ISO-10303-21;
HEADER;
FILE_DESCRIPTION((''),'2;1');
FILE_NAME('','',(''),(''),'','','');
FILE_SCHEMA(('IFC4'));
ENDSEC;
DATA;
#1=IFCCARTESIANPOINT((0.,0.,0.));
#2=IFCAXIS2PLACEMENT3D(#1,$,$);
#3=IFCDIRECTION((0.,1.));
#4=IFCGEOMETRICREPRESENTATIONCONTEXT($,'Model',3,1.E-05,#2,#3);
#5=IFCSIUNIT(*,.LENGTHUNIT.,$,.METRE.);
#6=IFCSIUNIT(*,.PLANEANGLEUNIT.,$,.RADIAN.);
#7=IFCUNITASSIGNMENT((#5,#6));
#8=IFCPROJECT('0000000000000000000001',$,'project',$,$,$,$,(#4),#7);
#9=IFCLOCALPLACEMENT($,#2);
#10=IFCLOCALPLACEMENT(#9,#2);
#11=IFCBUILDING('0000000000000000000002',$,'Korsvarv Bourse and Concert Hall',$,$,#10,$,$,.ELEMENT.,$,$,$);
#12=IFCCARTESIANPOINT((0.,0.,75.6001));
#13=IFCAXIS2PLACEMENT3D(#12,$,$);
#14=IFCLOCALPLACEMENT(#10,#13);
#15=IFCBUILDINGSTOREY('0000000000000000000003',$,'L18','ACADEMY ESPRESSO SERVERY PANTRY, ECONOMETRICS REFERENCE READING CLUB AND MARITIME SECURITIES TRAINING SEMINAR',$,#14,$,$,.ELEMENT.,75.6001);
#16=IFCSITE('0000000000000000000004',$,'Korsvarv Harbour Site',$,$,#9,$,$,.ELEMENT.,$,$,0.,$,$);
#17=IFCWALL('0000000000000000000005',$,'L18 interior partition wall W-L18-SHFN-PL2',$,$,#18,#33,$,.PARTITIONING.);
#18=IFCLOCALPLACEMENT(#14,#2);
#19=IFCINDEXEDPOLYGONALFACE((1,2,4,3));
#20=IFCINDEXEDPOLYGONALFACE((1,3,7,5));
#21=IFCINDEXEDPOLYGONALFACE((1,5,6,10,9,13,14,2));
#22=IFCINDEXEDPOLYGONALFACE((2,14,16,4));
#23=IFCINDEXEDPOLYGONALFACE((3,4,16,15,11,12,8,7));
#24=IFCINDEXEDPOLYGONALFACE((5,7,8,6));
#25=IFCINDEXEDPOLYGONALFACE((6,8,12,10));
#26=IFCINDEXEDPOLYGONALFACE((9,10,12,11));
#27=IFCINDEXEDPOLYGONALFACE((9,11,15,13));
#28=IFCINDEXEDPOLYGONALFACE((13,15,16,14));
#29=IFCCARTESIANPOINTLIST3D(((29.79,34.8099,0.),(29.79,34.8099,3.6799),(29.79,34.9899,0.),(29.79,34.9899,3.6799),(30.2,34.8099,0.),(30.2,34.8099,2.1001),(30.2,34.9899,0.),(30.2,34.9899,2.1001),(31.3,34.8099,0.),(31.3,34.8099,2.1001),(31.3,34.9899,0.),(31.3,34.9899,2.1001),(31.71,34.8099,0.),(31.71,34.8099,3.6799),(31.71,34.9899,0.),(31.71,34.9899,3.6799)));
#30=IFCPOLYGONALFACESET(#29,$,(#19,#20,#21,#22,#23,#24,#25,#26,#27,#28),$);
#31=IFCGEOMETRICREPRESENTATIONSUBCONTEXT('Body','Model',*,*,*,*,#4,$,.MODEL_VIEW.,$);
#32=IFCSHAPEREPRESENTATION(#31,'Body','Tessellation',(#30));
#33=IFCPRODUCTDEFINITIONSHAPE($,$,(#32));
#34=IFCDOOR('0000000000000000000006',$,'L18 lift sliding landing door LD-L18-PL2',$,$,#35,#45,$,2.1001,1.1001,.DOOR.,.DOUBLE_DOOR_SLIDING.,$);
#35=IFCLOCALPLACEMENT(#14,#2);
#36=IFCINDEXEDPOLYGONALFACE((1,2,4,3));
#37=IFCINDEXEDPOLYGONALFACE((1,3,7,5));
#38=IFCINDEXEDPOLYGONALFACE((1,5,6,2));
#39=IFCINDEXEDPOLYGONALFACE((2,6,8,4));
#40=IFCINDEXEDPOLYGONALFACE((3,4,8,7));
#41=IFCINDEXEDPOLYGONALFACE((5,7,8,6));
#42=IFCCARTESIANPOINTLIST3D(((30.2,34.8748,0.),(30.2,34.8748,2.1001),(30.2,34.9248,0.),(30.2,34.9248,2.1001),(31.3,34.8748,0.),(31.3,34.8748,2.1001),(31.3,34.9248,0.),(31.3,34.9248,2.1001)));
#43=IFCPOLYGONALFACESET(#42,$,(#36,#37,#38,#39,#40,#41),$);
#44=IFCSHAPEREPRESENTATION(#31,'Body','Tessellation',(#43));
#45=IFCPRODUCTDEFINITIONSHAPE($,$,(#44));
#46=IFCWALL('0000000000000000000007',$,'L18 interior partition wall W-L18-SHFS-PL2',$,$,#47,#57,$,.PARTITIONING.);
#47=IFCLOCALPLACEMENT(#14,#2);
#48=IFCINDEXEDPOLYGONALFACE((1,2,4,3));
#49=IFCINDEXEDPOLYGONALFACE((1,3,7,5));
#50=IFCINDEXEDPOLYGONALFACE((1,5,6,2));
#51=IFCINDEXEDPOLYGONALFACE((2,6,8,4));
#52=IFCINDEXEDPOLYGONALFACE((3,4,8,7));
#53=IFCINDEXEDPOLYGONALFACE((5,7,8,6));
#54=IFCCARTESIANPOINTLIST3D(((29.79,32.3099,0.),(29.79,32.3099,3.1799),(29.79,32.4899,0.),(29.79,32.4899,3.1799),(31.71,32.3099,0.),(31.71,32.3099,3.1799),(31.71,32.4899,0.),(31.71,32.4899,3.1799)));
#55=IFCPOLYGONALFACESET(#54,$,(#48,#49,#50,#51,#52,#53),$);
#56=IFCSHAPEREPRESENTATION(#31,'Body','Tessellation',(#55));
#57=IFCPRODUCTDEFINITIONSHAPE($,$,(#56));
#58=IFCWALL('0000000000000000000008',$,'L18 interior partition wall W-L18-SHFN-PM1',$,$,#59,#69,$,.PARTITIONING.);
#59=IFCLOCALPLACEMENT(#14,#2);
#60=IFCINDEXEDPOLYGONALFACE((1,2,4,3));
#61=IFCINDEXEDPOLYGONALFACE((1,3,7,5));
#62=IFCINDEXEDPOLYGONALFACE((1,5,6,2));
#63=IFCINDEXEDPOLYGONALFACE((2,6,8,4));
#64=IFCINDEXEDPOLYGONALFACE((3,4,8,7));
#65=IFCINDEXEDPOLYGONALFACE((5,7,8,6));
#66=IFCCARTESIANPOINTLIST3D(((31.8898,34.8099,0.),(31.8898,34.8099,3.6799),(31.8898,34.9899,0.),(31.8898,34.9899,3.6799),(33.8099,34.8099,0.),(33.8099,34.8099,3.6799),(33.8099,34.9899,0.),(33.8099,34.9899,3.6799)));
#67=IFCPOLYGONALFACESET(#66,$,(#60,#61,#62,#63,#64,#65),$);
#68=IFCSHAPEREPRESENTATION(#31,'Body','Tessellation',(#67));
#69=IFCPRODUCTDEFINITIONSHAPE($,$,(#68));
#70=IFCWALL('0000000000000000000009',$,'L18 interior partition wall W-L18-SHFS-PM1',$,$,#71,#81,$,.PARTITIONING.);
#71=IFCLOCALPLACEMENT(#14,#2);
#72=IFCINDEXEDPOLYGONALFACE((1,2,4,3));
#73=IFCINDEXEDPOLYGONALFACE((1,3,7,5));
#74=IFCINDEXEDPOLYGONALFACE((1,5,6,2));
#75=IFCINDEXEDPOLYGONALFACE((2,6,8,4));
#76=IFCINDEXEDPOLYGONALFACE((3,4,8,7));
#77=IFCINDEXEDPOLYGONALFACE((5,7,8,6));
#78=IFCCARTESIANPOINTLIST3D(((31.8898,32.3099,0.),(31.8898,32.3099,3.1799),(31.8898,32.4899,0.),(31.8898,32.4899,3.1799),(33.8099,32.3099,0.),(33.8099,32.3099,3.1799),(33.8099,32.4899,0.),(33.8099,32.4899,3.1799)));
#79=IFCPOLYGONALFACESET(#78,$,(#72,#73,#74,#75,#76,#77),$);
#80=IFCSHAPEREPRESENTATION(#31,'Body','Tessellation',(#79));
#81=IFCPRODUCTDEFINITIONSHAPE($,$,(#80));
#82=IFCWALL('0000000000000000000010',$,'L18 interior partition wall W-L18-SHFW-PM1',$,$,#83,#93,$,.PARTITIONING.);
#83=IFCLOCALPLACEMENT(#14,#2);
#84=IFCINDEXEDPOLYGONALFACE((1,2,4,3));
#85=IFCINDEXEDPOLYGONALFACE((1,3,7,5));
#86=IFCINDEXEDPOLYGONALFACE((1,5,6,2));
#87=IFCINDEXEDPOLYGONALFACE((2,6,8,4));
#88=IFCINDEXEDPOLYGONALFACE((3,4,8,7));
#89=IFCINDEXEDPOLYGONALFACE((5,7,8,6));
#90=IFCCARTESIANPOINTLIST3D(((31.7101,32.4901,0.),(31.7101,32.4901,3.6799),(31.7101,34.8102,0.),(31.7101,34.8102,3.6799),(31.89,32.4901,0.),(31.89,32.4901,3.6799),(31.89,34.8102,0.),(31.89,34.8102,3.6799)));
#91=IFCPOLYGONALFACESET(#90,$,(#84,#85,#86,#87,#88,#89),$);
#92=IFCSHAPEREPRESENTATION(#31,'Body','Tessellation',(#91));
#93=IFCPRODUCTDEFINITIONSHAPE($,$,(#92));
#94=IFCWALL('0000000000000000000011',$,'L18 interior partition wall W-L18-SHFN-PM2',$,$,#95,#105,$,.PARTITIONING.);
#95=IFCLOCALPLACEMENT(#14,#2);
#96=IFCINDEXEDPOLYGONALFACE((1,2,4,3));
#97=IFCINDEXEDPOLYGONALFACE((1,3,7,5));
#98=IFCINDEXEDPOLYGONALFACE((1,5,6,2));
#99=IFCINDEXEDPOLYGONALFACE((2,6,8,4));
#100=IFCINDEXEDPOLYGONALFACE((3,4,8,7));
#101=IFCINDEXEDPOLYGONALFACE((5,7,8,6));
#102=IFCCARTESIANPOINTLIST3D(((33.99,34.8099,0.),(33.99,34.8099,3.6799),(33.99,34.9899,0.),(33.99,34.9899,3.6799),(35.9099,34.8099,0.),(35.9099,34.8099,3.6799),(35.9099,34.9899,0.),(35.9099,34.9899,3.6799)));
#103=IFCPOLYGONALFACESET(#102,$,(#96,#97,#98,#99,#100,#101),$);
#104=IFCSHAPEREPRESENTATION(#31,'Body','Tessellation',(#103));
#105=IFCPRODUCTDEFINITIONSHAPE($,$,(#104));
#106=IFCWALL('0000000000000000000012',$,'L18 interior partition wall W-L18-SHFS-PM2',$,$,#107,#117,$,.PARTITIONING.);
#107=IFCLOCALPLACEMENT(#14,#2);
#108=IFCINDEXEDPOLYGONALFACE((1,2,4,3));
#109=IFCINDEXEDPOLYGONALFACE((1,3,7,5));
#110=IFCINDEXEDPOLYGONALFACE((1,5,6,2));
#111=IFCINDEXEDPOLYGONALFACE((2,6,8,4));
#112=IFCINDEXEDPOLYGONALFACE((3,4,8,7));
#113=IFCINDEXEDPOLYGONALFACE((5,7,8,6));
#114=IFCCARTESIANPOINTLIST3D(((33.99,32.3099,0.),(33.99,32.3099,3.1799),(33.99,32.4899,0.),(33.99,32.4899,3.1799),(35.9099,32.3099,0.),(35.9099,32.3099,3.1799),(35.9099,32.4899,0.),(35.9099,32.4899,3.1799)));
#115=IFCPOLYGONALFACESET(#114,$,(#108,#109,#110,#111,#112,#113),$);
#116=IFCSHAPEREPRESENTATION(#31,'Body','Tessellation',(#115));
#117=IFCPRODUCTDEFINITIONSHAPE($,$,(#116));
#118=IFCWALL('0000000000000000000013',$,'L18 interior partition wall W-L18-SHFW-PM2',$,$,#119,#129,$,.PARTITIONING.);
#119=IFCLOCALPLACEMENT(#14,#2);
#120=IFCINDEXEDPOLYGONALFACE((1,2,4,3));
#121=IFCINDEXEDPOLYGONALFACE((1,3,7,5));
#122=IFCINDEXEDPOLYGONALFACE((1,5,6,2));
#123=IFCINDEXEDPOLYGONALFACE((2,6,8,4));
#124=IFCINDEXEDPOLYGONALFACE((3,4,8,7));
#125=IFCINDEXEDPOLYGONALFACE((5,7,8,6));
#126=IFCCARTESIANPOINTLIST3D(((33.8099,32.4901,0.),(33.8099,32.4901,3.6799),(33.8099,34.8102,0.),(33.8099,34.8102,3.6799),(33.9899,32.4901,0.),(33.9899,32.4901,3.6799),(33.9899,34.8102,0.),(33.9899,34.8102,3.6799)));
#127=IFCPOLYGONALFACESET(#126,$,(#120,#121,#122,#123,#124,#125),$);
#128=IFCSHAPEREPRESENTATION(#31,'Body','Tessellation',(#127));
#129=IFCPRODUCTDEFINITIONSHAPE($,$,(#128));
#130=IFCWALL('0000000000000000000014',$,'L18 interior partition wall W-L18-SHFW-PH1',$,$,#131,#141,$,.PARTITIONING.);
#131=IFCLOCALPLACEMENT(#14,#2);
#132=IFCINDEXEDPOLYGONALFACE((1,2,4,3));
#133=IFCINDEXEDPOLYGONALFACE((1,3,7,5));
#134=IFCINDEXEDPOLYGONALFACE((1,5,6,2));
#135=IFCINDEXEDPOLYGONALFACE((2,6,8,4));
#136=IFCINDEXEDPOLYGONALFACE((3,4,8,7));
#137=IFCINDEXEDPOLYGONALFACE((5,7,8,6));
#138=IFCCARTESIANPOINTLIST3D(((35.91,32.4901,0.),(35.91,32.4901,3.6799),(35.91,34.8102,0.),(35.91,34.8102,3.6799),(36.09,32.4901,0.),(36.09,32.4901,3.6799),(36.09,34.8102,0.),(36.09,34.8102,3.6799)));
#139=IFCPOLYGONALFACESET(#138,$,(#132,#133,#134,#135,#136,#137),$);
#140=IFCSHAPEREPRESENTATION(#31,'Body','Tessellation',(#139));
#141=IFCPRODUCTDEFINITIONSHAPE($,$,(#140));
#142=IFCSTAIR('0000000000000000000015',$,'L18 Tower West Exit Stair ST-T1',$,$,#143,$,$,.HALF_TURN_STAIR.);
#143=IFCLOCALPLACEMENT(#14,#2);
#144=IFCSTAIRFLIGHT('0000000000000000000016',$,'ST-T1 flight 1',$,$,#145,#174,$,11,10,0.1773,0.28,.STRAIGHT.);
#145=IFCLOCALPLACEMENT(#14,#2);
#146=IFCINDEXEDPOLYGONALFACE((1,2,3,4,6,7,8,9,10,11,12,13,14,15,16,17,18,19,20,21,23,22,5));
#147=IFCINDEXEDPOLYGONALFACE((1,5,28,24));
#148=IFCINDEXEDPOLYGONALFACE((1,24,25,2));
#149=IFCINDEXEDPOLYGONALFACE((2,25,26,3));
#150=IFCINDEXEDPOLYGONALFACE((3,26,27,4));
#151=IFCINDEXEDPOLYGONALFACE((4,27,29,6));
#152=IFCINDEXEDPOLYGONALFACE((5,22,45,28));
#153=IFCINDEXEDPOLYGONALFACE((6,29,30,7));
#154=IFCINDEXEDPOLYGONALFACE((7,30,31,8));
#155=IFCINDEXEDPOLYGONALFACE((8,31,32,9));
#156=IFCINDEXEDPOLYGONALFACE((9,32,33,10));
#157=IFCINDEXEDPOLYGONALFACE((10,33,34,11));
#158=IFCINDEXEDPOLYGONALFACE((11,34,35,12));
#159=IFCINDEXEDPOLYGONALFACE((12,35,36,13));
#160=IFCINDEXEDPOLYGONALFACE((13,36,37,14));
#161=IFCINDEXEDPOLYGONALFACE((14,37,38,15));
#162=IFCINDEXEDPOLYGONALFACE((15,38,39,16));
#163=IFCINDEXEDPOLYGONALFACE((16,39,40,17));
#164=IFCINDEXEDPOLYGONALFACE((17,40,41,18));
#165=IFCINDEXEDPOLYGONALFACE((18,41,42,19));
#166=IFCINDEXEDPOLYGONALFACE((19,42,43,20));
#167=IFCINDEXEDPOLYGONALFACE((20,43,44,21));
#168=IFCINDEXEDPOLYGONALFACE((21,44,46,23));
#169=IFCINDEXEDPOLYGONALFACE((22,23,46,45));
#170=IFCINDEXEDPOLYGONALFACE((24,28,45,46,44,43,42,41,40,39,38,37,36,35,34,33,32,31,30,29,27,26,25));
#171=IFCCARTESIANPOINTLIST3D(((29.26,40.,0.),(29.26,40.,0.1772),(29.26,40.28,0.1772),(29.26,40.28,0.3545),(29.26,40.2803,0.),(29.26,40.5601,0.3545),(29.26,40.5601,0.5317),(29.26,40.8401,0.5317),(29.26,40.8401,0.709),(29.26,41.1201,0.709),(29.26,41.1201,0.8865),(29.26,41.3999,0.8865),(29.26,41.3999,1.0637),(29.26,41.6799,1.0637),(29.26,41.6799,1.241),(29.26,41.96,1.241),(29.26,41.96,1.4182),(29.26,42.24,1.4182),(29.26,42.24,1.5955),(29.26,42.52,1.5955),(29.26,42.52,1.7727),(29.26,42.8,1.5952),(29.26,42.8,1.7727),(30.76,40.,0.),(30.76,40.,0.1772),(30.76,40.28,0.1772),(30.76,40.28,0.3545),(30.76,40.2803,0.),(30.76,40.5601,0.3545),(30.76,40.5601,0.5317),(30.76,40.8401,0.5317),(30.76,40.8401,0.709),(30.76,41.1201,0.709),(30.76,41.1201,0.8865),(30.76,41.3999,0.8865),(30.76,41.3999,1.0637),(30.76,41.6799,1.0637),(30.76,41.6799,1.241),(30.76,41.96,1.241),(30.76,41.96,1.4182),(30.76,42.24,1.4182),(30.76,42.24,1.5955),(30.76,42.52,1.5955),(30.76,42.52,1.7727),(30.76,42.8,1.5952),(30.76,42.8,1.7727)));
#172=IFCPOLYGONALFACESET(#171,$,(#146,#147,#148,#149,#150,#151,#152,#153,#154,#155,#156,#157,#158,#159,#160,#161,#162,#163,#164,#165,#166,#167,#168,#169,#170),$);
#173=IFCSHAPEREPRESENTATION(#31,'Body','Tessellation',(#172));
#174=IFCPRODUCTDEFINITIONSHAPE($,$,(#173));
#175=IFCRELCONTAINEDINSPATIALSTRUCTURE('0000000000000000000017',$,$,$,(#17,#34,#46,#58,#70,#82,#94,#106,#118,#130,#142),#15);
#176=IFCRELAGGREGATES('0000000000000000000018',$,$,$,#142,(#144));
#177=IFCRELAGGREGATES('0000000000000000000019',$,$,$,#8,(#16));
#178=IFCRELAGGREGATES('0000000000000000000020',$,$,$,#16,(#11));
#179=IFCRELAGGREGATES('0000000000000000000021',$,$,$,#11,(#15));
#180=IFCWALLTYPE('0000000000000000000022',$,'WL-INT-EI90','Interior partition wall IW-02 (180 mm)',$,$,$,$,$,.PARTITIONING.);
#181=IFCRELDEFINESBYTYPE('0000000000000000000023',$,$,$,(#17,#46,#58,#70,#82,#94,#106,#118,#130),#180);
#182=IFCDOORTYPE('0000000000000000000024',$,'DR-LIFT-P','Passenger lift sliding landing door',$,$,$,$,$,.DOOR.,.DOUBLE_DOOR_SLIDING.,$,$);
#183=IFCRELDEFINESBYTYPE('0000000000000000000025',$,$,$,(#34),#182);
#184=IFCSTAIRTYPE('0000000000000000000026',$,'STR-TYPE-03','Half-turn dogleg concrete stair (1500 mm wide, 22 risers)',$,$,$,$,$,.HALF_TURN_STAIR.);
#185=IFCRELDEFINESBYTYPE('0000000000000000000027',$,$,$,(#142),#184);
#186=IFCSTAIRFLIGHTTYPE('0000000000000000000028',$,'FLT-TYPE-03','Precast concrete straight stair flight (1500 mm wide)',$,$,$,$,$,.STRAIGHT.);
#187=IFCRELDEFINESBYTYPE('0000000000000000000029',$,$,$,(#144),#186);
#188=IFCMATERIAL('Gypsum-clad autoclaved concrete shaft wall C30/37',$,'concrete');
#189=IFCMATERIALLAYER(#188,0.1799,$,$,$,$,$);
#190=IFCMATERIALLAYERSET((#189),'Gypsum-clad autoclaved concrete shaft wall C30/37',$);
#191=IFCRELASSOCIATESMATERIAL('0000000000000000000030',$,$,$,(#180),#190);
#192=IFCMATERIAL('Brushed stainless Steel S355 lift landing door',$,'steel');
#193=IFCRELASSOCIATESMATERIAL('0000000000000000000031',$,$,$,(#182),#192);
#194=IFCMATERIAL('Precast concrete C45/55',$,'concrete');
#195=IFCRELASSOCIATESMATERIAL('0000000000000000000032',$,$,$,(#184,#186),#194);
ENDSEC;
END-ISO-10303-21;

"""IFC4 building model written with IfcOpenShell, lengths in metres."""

from ifc_helpers import new_model, si_unit, direction, frame, frame_2d, origin, place, context, subcontext, project, spatial, polyline, rectangle, outline, extrude, material, layer, layer_set, type_object, element, fill, aggregate, save


model = new_model("IFC4")

# Units and contexts
model_context = context("Model", 3, precision=1e-05, world=origin(), true_north=direction((0.0, 1.0)))
body_context = subcontext(model_context, "Body", "Model", "MODEL_VIEW")
ifc_project = project(units=[si_unit("LENGTHUNIT", "METRE"), si_unit("PLANEANGLEUNIT", "RADIAN")], contexts=[model_context])

# Site, building, storey
site_placement = place(None, origin())
site = spatial("IfcSite", under=ifc_project, at=site_placement, Name="Korsvarv Harbour Site", CompositionType="ELEMENT", RefElevation=0.0)
building_placement = place(site_placement, origin())
building = spatial("IfcBuilding", under=site, at=building_placement, Name="Korsvarv Bourse and Concert Hall", CompositionType="ELEMENT")
storey_placement = place(building_placement, frame((0.0, 0.0, 75.6001)))
storey = spatial("IfcBuildingStorey", under=building, at=storey_placement, Name="L18", Description="ACADEMY ESPRESSO SERVERY PANTRY, ECONOMETRICS REFERENCE READING CLUB AND MARITIME SECURITIES TRAINING SEMINAR", CompositionType="ELEMENT", Elevation=75.6001)

# Wall, opening, door
ifc_material_1 = material(Name="Gypsum-clad autoclaved concrete shaft wall C30/37", Category="concrete")
ifc_layer_1 = layer(ifc_material_1, 0.1799)
ifc_layer_set_1 = layer_set([ifc_layer_1], Name="Gypsum-clad autoclaved concrete shaft wall C30/37")
wall_type_1 = type_object("IfcWallType", Name="WL-INT-EI90", Description="Interior partition wall IW-02 (180 mm)", PredefinedType="PARTITIONING", material=ifc_layer_set_1)
wall_1_placement = place(storey_placement, frame((29.79, 34.8999, 0.0), z_axis=(0.0, 0.0, 1.0), x_axis=(1.0, 0.0, 0.0)))
wall_1 = element("IfcWall", 1, at=wall_1_placement, inside=storey, type_object=wall_type_1, Name="L18 interior partition wall W-L18-SHFN-PL2", PredefinedType="PARTITIONING", context=body_context, shape_type="SweptSolid", body=[
    extrude(rectangle(XDim=1.9199, YDim=0.1799, at=frame_2d((0.96, 0.0))), origin(), (0.0, 0.0, 1.0), 3.6799),
])
opening_1_placement = place(wall_1_placement, frame((0.4099, 0.0, 0.0)))
opening_1 = element("IfcOpeningElement", 2, at=opening_1_placement, cuts=wall_1, PredefinedType="OPENING", context=body_context, shape_type="SweptSolid", body=[
    extrude(rectangle(XDim=1.1001, YDim=2.1001, at=frame_2d((0.55, 1.05))), frame((0.0, 0.1001, 0.0), z_axis=(0.0, -1.0, 0.0), x_axis=(1.0, 0.0, 0.0)), (0.0, 0.0, 1.0), 0.2),
])
ifc_material_2 = material(Name="Brushed stainless Steel S355 lift landing door", Category="steel")
door_type_1 = type_object("IfcDoorType", Name="DR-LIFT-P", Description="Passenger lift sliding landing door", OperationType="DOUBLE_DOOR_SLIDING", PredefinedType="DOOR", material=ifc_material_2)
door_1_placement = place(opening_1_placement, origin())
door_1 = element("IfcDoor", 3, at=door_1_placement, inside=storey, type_object=door_type_1, Name="L18 lift sliding landing door LD-L18-PL2", OperationType="DOUBLE_DOOR_SLIDING", OverallHeight=2.1001, OverallWidth=1.1001, PredefinedType="DOOR", context=body_context, shape_type="SweptSolid", body=[
    extrude(rectangle(XDim=1.1001, YDim=2.1001, at=frame_2d((0.55, 1.05))), frame((0.0, 0.0249, 0.0), z_axis=(0.0, -1.0, 0.0), x_axis=(1.0, 0.0, 0.0)), (0.0, 0.0, 1.0), 0.05),
])
fill(opening_1, door_1)

# Walls
wall_2_placement = place(storey_placement, frame((29.79, 32.3999, 0.0), z_axis=(0.0, 0.0, 1.0), x_axis=(1.0, 0.0, 0.0)))
element("IfcWall", 4, at=wall_2_placement, inside=storey, type_object=wall_type_1, Name="L18 interior partition wall W-L18-SHFS-PL2", PredefinedType="PARTITIONING", context=body_context, shape_type="SweptSolid", body=[
    extrude(rectangle(XDim=1.9199, YDim=0.1799, at=frame_2d((0.96, 0.0))), origin(), (0.0, 0.0, 1.0), 3.1799),
])
wall_3_placement = place(storey_placement, frame((31.8899, 34.8999, 0.0), z_axis=(0.0, 0.0, 1.0), x_axis=(1.0, 0.0, 0.0)))
element("IfcWall", 5, at=wall_3_placement, inside=storey, type_object=wall_type_1, Name="L18 interior partition wall W-L18-SHFN-PM1", PredefinedType="PARTITIONING", context=body_context, shape_type="SweptSolid", body=[
    extrude(rectangle(XDim=1.9202, YDim=0.1799, at=frame_2d((0.96, 0.0))), origin(), (0.0, 0.0, 1.0), 3.6799),
])
wall_4_placement = place(storey_placement, frame((31.8899, 32.3999, 0.0), z_axis=(0.0, 0.0, 1.0), x_axis=(1.0, 0.0, 0.0)))
element("IfcWall", 6, at=wall_4_placement, inside=storey, type_object=wall_type_1, Name="L18 interior partition wall W-L18-SHFS-PM1", PredefinedType="PARTITIONING", context=body_context, shape_type="SweptSolid", body=[
    extrude(rectangle(XDim=1.9202, YDim=0.1799, at=frame_2d((0.96, 0.0))), origin(), (0.0, 0.0, 1.0), 3.1799),
])
wall_5_placement = place(storey_placement, frame((31.8, 32.49, 0.0), z_axis=(0.0, 0.0, 1.0), x_axis=(0.0, 1.0, 0.0)))
element("IfcWall", 7, at=wall_5_placement, inside=storey, type_object=wall_type_1, Name="L18 interior partition wall W-L18-SHFW-PM1", PredefinedType="PARTITIONING", context=body_context, shape_type="SweptSolid", body=[
    extrude(rectangle(XDim=2.3201, YDim=0.1799, at=frame_2d((1.1602, 0.0))), origin(), (0.0, 0.0, 1.0), 3.6799),
])
wall_6_placement = place(storey_placement, frame((33.99, 34.8999, 0.0), z_axis=(0.0, 0.0, 1.0), x_axis=(1.0, 0.0, 0.0)))
element("IfcWall", 8, at=wall_6_placement, inside=storey, type_object=wall_type_1, Name="L18 interior partition wall W-L18-SHFN-PM2", PredefinedType="PARTITIONING", context=body_context, shape_type="SweptSolid", body=[
    extrude(rectangle(XDim=1.9199, YDim=0.1799, at=frame_2d((0.96, 0.0))), origin(), (0.0, 0.0, 1.0), 3.6799),
])
wall_7_placement = place(storey_placement, frame((33.99, 32.3999, 0.0), z_axis=(0.0, 0.0, 1.0), x_axis=(1.0, 0.0, 0.0)))
element("IfcWall", 9, at=wall_7_placement, inside=storey, type_object=wall_type_1, Name="L18 interior partition wall W-L18-SHFS-PM2", PredefinedType="PARTITIONING", context=body_context, shape_type="SweptSolid", body=[
    extrude(rectangle(XDim=1.9199, YDim=0.1799, at=frame_2d((0.96, 0.0))), origin(), (0.0, 0.0, 1.0), 3.1799),
])
for number, where, z_axis, x_axis, name in (
    (10, (33.8999, 32.49, 0.0), (0.0, 0.0, 1.0), (0.0, 1.0, 0.0), "L18 interior partition wall W-L18-SHFW-PM2"),
    (11, (36.0, 32.49, 0.0), (0.0, 0.0, 1.0), (0.0, 1.0, 0.0), "L18 interior partition wall W-L18-SHFW-PH1"),
):
    element("IfcWall", number, at=place(storey_placement, frame(where, z_axis=z_axis, x_axis=x_axis)), inside=storey, type_object=wall_type_1, Name=name, PredefinedType="PARTITIONING", context=body_context, shape_type="SweptSolid", body=[
        extrude(rectangle(XDim=2.3201, YDim=0.1799, at=frame_2d((1.1602, 0.0))), origin(), (0.0, 0.0, 1.0), 3.6799),
    ])

# Stair, stair flight
ifc_material_3 = material(Name="Precast concrete C45/55", Category="concrete")
stair_type = type_object("IfcStairType", Name="STR-TYPE-03", Description="Half-turn dogleg concrete stair (1500 mm wide, 22 risers)", PredefinedType="HALF_TURN_STAIR", material=ifc_material_3)
stair_placement = place(storey_placement, origin())
stair = element("IfcStair", 12, at=stair_placement, inside=storey, type_object=stair_type, Name="L18 Tower West Exit Stair ST-T1", PredefinedType="HALF_TURN_STAIR")
stair_flight_type = type_object("IfcStairFlightType", Name="FLT-TYPE-03", Description="Precast concrete straight stair flight (1500 mm wide)", PredefinedType="STRAIGHT", material=ifc_material_3)
stair_flight_placement = place(storey_placement, frame((30.01, 40.0, 0.0), z_axis=(0.0, 0.0, 1.0), x_axis=(0.0, 1.0, 0.0)))
stair_flight = element("IfcStairFlight", 13, at=stair_flight_placement, type_object=stair_flight_type, Name="ST-T1 flight 1", NumberOfRisers=11, NumberOfTreads=10, PredefinedType="STRAIGHT", RiserHeight=0.1773, TreadLength=0.28, context=body_context, shape_type="SweptSolid", body=[
    extrude(outline(polyline([(0.0, 0.0), (0.0, 0.1772), (0.28, 0.1772), (0.28, 0.3545), (0.5601, 0.3545), (0.5601, 0.5317), (0.8401, 0.5317), (0.8401, 0.709), (1.1201, 0.709), (1.1201, 0.8865), (1.3999, 0.8865), (1.3999, 1.0637), (1.6799, 1.0637), (1.6799, 1.241), (1.96, 1.241), (1.96, 1.4182), (2.24, 1.4182), (2.24, 1.5955), (2.52, 1.5955), (2.52, 1.7727), (2.8, 1.7727), (2.8, 1.95), (2.8, 1.5952), (0.2803, 0.0), (0.0, 0.0)])), frame((0.0, 0.75, 0.0), z_axis=(0.0, -1.0, 0.0), x_axis=(1.0, 0.0, 0.0)), (0.0, 0.0, 1.0), 1.5),
])
aggregate(stair, [stair_flight])

save(model, "model.ifc")
